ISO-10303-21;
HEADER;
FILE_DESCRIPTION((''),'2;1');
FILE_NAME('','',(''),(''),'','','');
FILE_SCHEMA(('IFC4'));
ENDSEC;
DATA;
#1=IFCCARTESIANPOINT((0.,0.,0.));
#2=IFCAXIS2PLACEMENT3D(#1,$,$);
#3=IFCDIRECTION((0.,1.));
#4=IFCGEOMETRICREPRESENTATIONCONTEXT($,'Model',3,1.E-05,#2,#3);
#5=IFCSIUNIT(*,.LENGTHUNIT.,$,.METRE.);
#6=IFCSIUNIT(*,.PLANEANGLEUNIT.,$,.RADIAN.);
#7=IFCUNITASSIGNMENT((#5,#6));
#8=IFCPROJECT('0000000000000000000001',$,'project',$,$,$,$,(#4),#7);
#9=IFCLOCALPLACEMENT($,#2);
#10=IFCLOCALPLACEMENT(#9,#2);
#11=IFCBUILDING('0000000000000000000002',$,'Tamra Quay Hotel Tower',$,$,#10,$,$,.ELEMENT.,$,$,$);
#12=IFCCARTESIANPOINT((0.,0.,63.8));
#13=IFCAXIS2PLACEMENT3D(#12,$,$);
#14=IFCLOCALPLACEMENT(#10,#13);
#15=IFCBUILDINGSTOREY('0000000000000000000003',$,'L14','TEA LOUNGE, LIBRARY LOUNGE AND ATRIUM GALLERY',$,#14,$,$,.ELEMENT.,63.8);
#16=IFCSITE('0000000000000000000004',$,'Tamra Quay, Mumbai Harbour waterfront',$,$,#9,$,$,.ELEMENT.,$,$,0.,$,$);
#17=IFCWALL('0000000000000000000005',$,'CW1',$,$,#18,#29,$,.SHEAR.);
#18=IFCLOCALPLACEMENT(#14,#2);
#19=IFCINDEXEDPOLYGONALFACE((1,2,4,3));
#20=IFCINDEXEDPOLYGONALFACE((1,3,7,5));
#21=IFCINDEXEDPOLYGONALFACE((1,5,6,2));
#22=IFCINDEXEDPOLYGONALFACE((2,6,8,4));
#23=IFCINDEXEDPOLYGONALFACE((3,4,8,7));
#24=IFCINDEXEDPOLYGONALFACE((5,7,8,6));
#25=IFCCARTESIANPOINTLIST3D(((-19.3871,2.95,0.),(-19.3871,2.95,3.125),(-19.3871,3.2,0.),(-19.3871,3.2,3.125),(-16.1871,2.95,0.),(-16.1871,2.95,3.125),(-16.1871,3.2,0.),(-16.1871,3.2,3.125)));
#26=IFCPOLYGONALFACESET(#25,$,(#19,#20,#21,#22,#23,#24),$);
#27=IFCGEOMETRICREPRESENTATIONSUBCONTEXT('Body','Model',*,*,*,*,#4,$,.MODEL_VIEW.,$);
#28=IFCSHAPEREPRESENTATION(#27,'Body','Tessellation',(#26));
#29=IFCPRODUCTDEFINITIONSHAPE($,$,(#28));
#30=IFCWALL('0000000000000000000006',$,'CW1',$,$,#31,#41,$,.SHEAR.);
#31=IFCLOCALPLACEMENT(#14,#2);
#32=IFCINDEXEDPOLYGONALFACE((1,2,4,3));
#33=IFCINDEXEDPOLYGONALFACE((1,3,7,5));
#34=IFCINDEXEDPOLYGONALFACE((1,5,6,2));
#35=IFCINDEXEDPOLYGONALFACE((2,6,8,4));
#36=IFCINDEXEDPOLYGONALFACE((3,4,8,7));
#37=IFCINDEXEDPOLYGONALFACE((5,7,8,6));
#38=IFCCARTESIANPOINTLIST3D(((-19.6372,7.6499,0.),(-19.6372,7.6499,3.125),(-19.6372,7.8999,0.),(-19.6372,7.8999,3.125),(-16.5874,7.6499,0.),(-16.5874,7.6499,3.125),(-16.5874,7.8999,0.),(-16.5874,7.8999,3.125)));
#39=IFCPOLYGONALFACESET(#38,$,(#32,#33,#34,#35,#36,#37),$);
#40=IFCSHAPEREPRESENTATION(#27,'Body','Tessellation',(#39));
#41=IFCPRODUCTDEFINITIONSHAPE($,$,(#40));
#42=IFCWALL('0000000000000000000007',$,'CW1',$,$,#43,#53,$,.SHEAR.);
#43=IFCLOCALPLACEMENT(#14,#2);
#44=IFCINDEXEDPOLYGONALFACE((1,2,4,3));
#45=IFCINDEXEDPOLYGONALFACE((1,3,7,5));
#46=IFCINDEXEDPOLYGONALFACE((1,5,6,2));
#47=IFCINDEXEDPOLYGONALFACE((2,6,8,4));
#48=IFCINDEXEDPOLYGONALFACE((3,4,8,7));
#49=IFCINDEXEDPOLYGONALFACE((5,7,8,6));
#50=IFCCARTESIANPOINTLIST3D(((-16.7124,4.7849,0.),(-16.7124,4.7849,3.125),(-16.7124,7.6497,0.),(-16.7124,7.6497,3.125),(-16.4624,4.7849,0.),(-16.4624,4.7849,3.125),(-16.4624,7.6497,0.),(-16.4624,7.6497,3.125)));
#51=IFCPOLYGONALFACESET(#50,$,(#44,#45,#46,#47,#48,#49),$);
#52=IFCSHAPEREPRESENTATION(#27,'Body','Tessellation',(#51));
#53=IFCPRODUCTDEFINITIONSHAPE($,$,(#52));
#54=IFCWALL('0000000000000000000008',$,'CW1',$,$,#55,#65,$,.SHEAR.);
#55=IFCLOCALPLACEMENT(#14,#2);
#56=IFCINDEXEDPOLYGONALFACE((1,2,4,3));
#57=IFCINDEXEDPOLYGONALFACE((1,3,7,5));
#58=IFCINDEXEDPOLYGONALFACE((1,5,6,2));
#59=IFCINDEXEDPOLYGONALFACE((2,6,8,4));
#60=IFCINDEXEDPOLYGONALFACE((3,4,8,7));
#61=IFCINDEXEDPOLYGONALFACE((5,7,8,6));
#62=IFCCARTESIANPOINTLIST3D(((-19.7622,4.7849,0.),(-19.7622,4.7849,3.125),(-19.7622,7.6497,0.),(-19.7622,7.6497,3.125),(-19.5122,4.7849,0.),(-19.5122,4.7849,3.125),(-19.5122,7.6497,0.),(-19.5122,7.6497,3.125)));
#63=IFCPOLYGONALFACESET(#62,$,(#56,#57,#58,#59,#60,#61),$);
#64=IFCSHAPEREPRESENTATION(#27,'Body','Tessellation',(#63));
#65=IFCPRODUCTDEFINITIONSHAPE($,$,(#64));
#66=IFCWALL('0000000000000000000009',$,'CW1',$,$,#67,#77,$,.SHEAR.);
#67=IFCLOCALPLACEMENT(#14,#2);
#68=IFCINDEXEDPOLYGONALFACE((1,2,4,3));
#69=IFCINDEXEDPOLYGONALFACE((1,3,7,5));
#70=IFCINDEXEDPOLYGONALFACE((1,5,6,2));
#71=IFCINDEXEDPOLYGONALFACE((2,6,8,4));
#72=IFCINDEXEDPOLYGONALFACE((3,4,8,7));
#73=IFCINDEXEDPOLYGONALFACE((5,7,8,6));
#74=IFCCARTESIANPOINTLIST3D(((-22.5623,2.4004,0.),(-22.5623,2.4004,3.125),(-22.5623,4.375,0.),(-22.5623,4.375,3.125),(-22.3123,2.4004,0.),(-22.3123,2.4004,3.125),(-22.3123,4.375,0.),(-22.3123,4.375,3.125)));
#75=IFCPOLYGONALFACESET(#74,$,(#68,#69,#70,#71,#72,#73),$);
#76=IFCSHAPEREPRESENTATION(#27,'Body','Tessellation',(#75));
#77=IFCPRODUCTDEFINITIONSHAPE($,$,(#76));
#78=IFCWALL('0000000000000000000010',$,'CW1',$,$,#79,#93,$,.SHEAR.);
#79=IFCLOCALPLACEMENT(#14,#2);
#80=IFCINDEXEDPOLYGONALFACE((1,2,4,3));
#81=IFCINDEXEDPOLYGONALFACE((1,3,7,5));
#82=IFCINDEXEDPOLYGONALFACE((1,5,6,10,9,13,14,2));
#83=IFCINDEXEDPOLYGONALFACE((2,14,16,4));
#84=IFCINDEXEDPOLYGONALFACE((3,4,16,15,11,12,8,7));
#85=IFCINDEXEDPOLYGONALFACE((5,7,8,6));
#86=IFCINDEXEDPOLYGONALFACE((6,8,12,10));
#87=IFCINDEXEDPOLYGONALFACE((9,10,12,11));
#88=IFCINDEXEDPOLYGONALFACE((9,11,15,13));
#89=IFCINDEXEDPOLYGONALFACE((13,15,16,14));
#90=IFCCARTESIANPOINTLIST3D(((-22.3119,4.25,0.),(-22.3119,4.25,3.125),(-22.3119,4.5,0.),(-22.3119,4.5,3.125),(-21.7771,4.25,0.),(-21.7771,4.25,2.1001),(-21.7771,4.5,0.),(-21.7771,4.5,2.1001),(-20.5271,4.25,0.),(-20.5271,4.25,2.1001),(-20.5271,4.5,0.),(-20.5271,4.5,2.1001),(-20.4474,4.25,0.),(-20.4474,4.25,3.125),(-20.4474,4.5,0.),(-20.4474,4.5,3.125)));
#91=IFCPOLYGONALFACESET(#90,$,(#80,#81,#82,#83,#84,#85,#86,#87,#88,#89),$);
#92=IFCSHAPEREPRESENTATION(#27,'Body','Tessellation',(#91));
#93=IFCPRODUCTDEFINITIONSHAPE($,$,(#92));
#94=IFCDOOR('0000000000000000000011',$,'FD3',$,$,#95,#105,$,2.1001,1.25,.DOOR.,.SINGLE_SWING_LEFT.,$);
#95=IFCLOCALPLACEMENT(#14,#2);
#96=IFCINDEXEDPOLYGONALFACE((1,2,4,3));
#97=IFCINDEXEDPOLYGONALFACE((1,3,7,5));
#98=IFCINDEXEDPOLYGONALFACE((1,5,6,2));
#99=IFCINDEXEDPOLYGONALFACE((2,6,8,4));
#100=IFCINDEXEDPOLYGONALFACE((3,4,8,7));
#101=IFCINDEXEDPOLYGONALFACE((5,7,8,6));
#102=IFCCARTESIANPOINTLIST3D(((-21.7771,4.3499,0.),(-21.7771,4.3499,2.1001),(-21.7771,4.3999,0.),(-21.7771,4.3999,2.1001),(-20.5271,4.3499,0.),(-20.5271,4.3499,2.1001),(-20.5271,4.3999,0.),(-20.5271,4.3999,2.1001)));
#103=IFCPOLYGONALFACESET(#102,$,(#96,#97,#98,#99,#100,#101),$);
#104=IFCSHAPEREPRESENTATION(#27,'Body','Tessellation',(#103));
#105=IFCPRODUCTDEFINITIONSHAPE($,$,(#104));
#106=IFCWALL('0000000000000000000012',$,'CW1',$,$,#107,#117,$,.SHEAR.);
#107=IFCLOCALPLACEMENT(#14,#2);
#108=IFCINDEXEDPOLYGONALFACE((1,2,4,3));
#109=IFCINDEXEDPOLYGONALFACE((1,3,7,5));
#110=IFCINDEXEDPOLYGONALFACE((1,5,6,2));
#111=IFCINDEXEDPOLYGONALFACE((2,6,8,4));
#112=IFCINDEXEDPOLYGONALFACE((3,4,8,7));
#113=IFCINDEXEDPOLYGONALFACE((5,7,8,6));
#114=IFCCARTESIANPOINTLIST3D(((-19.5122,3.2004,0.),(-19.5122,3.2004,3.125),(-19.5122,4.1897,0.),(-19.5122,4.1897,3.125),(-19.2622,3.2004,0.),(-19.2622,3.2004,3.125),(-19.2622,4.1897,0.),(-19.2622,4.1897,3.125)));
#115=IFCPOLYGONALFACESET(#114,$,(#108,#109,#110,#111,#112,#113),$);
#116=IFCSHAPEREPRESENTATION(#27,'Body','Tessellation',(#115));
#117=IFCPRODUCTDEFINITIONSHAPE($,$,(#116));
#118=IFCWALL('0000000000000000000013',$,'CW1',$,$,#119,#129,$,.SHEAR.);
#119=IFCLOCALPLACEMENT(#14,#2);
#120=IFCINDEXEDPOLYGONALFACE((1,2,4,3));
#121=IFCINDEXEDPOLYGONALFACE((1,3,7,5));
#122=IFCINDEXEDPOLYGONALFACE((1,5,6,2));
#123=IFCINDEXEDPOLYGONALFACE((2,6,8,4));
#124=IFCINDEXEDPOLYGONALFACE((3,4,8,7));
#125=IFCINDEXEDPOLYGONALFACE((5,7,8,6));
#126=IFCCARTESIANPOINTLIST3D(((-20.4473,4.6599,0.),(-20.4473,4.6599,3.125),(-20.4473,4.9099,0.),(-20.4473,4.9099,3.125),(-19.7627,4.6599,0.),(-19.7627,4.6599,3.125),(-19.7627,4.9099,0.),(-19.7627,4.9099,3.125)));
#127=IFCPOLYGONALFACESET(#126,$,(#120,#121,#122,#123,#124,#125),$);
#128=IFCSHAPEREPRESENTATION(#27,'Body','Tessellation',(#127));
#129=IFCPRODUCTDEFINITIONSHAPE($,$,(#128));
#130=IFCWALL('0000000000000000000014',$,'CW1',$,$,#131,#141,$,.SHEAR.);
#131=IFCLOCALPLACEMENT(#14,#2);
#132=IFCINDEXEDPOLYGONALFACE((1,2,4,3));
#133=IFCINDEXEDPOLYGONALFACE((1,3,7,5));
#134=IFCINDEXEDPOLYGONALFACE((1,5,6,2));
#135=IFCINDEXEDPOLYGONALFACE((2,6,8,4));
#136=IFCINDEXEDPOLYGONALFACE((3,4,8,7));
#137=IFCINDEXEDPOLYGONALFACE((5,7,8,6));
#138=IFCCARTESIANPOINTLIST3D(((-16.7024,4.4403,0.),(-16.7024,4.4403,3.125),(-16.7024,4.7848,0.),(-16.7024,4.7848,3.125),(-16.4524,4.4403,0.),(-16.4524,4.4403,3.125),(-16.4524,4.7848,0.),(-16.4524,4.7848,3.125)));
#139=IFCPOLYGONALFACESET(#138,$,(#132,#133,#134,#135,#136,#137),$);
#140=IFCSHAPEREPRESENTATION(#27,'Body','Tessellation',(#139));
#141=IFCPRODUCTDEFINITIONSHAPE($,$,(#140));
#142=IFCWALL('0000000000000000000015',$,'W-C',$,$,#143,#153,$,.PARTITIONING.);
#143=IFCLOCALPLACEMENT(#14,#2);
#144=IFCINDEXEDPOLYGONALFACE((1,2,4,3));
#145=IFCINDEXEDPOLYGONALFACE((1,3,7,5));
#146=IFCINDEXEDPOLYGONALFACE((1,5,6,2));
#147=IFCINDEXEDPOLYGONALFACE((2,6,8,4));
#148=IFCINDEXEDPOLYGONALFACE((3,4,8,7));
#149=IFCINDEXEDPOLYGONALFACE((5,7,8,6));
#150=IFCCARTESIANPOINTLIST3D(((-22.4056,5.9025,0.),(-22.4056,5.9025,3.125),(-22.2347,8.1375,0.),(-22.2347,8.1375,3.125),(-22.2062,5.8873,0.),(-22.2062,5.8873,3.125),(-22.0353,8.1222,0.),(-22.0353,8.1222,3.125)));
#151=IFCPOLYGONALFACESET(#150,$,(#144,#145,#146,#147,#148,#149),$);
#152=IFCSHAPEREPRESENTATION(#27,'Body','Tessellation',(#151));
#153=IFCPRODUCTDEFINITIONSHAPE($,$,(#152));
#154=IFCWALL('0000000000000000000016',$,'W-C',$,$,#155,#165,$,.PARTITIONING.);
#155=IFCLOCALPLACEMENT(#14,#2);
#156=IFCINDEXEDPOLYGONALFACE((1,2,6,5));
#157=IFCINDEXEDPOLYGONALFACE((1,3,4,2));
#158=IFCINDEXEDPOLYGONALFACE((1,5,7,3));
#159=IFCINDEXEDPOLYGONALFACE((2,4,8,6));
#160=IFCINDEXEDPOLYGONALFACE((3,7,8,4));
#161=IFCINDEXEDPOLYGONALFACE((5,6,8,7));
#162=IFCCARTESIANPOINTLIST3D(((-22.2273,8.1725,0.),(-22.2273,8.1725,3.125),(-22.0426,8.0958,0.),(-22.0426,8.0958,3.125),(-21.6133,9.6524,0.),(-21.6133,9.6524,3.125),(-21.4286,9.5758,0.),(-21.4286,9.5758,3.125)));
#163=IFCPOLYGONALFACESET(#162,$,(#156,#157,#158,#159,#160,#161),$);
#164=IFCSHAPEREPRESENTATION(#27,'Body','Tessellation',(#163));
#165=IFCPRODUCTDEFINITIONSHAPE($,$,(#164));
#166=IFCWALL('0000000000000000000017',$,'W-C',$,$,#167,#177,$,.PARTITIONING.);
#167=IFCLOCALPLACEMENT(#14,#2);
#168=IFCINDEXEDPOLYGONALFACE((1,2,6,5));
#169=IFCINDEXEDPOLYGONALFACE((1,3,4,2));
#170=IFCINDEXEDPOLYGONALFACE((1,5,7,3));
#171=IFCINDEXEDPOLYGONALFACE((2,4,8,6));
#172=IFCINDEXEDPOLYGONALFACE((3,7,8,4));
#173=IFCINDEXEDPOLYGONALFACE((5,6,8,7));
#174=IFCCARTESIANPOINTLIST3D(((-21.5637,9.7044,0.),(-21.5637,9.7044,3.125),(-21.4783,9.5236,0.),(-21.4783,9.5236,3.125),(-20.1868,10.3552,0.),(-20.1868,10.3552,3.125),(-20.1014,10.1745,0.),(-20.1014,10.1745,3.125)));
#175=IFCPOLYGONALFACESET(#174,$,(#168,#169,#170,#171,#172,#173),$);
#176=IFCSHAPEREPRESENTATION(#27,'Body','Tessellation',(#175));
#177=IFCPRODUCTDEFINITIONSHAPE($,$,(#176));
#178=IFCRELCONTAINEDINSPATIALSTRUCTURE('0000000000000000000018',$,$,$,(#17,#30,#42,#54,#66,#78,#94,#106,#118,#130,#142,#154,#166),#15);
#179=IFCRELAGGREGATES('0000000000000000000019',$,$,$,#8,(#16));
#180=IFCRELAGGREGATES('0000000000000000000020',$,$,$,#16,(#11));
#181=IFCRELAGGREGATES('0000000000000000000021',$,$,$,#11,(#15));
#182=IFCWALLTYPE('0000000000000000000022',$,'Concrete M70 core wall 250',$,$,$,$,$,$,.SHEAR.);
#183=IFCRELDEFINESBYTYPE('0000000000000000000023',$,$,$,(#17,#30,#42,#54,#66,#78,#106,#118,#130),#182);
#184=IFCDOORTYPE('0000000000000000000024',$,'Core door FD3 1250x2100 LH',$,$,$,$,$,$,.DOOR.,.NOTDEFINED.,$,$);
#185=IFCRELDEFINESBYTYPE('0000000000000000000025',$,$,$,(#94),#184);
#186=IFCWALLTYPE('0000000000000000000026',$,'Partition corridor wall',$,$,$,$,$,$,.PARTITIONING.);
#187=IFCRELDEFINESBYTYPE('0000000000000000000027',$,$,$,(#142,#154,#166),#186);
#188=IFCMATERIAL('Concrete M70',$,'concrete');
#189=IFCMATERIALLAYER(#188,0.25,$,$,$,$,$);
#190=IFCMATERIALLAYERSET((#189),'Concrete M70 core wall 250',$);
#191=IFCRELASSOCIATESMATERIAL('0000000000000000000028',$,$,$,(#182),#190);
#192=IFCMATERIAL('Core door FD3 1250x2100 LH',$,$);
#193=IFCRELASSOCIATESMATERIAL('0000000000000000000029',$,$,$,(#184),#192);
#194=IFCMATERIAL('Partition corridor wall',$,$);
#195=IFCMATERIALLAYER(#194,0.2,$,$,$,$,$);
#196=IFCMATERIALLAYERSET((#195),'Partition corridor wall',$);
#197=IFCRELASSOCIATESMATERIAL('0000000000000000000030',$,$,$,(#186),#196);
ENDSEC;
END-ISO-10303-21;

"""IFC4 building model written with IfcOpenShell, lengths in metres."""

from ifc_helpers import new_model, si_unit, direction, frame, frame_2d, origin, place, context, subcontext, project, spatial, rectangle, extrude, material, layer, layer_set, type_object, element, fill, save


model = new_model("IFC4")

# Units and contexts
model_context = context("Model", 3, precision=1e-05, world=origin(), true_north=direction((0.0, 1.0)))
body_context = subcontext(model_context, "Body", "Model", "MODEL_VIEW")
ifc_project = project(units=[si_unit("LENGTHUNIT", "METRE"), si_unit("PLANEANGLEUNIT", "RADIAN")], contexts=[model_context])

# Site, building, storey
site_placement = place(None, origin())
site = spatial("IfcSite", under=ifc_project, at=site_placement, Name="Tamra Quay, Mumbai Harbour waterfront", CompositionType="ELEMENT", RefElevation=0.0)
building_placement = place(site_placement, origin())
building = spatial("IfcBuilding", under=site, at=building_placement, Name="Tamra Quay Hotel Tower", CompositionType="ELEMENT")
storey_placement = place(building_placement, frame((0.0, 0.0, 63.8)))
storey = spatial("IfcBuildingStorey", under=building, at=storey_placement, Name="L14", Description="TEA LOUNGE, LIBRARY LOUNGE AND ATRIUM GALLERY", CompositionType="ELEMENT", Elevation=63.8)

# Shared definitions
ifc_material_1 = material(Name="Concrete M70", Category="concrete")

# Walls
ifc_layer_1 = layer(ifc_material_1, 0.25)
ifc_layer_set_1 = layer_set([ifc_layer_1], Name="Concrete M70 core wall 250")
wall_type_1 = type_object("IfcWallType", Name="Concrete M70 core wall 250", PredefinedType="SHEAR", material=ifc_layer_set_1)
wall_1_placement = place(storey_placement, frame((-19.3872, 3.075, 0.0), z_axis=(0.0, 0.0, 1.0), x_axis=(1.0, 0.0, 0.0)))
element("IfcWall", 1, at=wall_1_placement, inside=storey, type_object=wall_type_1, Name="CW1", PredefinedType="SHEAR", context=body_context, shape_type="SweptSolid", body=[
    extrude(rectangle(XDim=3.2, YDim=0.25, at=frame_2d((1.6001, 0.0))), origin(), (0.0, 0.0, 1.0), 3.125),
])
wall_2_placement = place(storey_placement, frame((-19.6372, 7.7749, 0.0), z_axis=(0.0, 0.0, 1.0), x_axis=(1.0, 0.0, 0.0)))
element("IfcWall", 2, at=wall_2_placement, inside=storey, type_object=wall_type_1, Name="CW1", PredefinedType="SHEAR", context=body_context, shape_type="SweptSolid", body=[
    extrude(rectangle(XDim=3.0498, YDim=0.25, at=frame_2d((1.5249, 0.0))), origin(), (0.0, 0.0, 1.0), 3.125),
])
for number, where, z_axis, x_axis, name in (
    (3, (-16.5874, 7.6497, 0.0), (0.0, 0.0, 1.0), (0.0, -1.0, 0.0), "CW1"),
    (4, (-19.6372, 4.7849, 0.0), (0.0, 0.0, 1.0), (0.0, 1.0, 0.0), "CW1"),
):
    element("IfcWall", number, at=place(storey_placement, frame(where, z_axis=z_axis, x_axis=x_axis)), inside=storey, type_object=wall_type_1, Name=name, PredefinedType="SHEAR", context=body_context, shape_type="SweptSolid", body=[
        extrude(rectangle(XDim=2.8647, YDim=0.25, at=frame_2d((1.4324, 0.0))), origin(), (0.0, 0.0, 1.0), 3.125),
    ])
wall_3_placement = place(storey_placement, frame((-22.4373, 2.4004, 0.0), z_axis=(0.0, 0.0, 1.0), x_axis=(0.0, 1.0, 0.0)))
element("IfcWall", 5, at=wall_3_placement, inside=storey, type_object=wall_type_1, Name="CW1", PredefinedType="SHEAR", context=body_context, shape_type="SweptSolid", body=[
    extrude(rectangle(XDim=1.9746, YDim=0.25, at=frame_2d((0.9873, 0.0))), origin(), (0.0, 0.0, 1.0), 3.125),
])

# Wall, opening, door
wall_4_placement = place(storey_placement, frame((-22.3118, 4.375, 0.0), z_axis=(0.0, 0.0, 1.0), x_axis=(1.0, 0.0, 0.0)))
wall_4 = element("IfcWall", 6, at=wall_4_placement, inside=storey, type_object=wall_type_1, Name="CW1", PredefinedType="SHEAR", context=body_context, shape_type="SweptSolid", body=[
    extrude(rectangle(XDim=1.8645, YDim=0.25, at=frame_2d((0.9321, 0.0))), origin(), (0.0, 0.0, 1.0), 3.125),
])
opening_1_placement = place(wall_4_placement, frame((0.5347, 0.0, 0.0)))
opening_1 = element("IfcOpeningElement", 7, at=opening_1_placement, cuts=wall_4, PredefinedType="OPENING", context=body_context, shape_type="SweptSolid", body=[
    extrude(rectangle(XDim=1.25, YDim=2.1001, at=frame_2d((0.625, 1.05))), frame((0.0, 0.135, 0.0), z_axis=(0.0, -1.0, 0.0), x_axis=(1.0, 0.0, 0.0)), (0.0, 0.0, 1.0), 0.27),
])
ifc_material_2 = material(Name="Core door FD3 1250x2100 LH")
door_type_1 = type_object("IfcDoorType", Name="Core door FD3 1250x2100 LH", OperationType="NOTDEFINED", PredefinedType="DOOR", material=ifc_material_2)
door_1_placement = place(opening_1_placement, origin())
door_1 = element("IfcDoor", 8, at=door_1_placement, inside=storey, type_object=door_type_1, Name="FD3", OperationType="SINGLE_SWING_LEFT", OverallHeight=2.1001, OverallWidth=1.25, PredefinedType="DOOR", context=body_context, shape_type="SweptSolid", body=[
    extrude(rectangle(XDim=1.25, YDim=2.1001, at=frame_2d((0.625, 1.05))), frame((0.0, 0.0249, 0.0), z_axis=(0.0, -1.0, 0.0), x_axis=(1.0, 0.0, 0.0)), (0.0, 0.0, 1.0), 0.05),
])
fill(opening_1, door_1)

# Walls
wall_5_placement = place(storey_placement, frame((-19.3872, 4.1897, 0.0), z_axis=(0.0, 0.0, 1.0), x_axis=(0.0, -1.0, 0.0)))
element("IfcWall", 9, at=wall_5_placement, inside=storey, type_object=wall_type_1, Name="CW1", PredefinedType="SHEAR", context=body_context, shape_type="SweptSolid", body=[
    extrude(rectangle(XDim=0.9893, YDim=0.25, at=frame_2d((0.4946, 0.0))), origin(), (0.0, 0.0, 1.0), 3.125),
])
wall_6_placement = place(storey_placement, frame((-20.4473, 4.7849, 0.0), z_axis=(0.0, 0.0, 1.0), x_axis=(1.0, 0.0, 0.0)))
element("IfcWall", 10, at=wall_6_placement, inside=storey, type_object=wall_type_1, Name="CW1", PredefinedType="SHEAR", context=body_context, shape_type="SweptSolid", body=[
    extrude(rectangle(XDim=0.6846, YDim=0.25, at=frame_2d((0.3423, 0.0))), origin(), (0.0, 0.0, 1.0), 3.125),
])
wall_7_placement = place(storey_placement, frame((-16.5774, 4.7849, 0.0), z_axis=(0.0, 0.0, 1.0), x_axis=(0.0, -1.0, 0.0)))
element("IfcWall", 11, at=wall_7_placement, inside=storey, type_object=wall_type_1, Name="CW1", PredefinedType="SHEAR", context=body_context, shape_type="SweptSolid", body=[
    extrude(rectangle(XDim=0.3445, YDim=0.25, at=frame_2d((0.1724, 0.0))), origin(), (0.0, 0.0, 1.0), 3.125),
])
ifc_material_3 = material(Name="Partition corridor wall")
ifc_layer_2 = layer(ifc_material_3, 0.2)
ifc_layer_set_2 = layer_set([ifc_layer_2], Name="Partition corridor wall")
wall_type_2 = type_object("IfcWallType", Name="Partition corridor wall", PredefinedType="PARTITIONING", material=ifc_layer_set_2)
wall_8_placement = place(storey_placement, frame((-22.3059, 5.895, 0.0), z_axis=(0.0, 0.0, 1.0), x_axis=(0.076247, 0.997089, 0.0)))
element("IfcWall", 12, at=wall_8_placement, inside=storey, type_object=wall_type_2, Name="W-C", PredefinedType="PARTITIONING", context=body_context, shape_type="SweptSolid", body=[
    extrude(rectangle(XDim=2.2415, YDim=0.2, at=frame_2d((1.1206, 0.0))), origin(), (0.0, 0.0, 1.0), 3.125),
])
wall_9_placement = place(storey_placement, frame((-22.135, 8.134, 0.0), z_axis=(0.0, 0.0, 1.0), x_axis=(0.383208, 0.923662, 0.0)))
element("IfcWall", 13, at=wall_9_placement, inside=storey, type_object=wall_type_2, Name="W-C", PredefinedType="PARTITIONING", context=body_context, shape_type="SweptSolid", body=[
    extrude(rectangle(XDim=1.6023, YDim=0.2, at=frame_2d((0.8013, 0.0))), origin(), (0.0, 0.0, 1.0), 3.125),
])
wall_10_placement = place(storey_placement, frame((-21.521, 9.614, 0.0), z_axis=(0.0, 0.0, 1.0), x_axis=(0.904084, 0.427356, 0.0)))
element("IfcWall", 14, at=wall_10_placement, inside=storey, type_object=wall_type_2, Name="W-C", PredefinedType="PARTITIONING", context=body_context, shape_type="SweptSolid", body=[
    extrude(rectangle(XDim=1.5229, YDim=0.2, at=frame_2d((0.7615, 0.0))), origin(), (0.0, 0.0, 1.0), 3.125),
])

save(model, "model.ifc")
